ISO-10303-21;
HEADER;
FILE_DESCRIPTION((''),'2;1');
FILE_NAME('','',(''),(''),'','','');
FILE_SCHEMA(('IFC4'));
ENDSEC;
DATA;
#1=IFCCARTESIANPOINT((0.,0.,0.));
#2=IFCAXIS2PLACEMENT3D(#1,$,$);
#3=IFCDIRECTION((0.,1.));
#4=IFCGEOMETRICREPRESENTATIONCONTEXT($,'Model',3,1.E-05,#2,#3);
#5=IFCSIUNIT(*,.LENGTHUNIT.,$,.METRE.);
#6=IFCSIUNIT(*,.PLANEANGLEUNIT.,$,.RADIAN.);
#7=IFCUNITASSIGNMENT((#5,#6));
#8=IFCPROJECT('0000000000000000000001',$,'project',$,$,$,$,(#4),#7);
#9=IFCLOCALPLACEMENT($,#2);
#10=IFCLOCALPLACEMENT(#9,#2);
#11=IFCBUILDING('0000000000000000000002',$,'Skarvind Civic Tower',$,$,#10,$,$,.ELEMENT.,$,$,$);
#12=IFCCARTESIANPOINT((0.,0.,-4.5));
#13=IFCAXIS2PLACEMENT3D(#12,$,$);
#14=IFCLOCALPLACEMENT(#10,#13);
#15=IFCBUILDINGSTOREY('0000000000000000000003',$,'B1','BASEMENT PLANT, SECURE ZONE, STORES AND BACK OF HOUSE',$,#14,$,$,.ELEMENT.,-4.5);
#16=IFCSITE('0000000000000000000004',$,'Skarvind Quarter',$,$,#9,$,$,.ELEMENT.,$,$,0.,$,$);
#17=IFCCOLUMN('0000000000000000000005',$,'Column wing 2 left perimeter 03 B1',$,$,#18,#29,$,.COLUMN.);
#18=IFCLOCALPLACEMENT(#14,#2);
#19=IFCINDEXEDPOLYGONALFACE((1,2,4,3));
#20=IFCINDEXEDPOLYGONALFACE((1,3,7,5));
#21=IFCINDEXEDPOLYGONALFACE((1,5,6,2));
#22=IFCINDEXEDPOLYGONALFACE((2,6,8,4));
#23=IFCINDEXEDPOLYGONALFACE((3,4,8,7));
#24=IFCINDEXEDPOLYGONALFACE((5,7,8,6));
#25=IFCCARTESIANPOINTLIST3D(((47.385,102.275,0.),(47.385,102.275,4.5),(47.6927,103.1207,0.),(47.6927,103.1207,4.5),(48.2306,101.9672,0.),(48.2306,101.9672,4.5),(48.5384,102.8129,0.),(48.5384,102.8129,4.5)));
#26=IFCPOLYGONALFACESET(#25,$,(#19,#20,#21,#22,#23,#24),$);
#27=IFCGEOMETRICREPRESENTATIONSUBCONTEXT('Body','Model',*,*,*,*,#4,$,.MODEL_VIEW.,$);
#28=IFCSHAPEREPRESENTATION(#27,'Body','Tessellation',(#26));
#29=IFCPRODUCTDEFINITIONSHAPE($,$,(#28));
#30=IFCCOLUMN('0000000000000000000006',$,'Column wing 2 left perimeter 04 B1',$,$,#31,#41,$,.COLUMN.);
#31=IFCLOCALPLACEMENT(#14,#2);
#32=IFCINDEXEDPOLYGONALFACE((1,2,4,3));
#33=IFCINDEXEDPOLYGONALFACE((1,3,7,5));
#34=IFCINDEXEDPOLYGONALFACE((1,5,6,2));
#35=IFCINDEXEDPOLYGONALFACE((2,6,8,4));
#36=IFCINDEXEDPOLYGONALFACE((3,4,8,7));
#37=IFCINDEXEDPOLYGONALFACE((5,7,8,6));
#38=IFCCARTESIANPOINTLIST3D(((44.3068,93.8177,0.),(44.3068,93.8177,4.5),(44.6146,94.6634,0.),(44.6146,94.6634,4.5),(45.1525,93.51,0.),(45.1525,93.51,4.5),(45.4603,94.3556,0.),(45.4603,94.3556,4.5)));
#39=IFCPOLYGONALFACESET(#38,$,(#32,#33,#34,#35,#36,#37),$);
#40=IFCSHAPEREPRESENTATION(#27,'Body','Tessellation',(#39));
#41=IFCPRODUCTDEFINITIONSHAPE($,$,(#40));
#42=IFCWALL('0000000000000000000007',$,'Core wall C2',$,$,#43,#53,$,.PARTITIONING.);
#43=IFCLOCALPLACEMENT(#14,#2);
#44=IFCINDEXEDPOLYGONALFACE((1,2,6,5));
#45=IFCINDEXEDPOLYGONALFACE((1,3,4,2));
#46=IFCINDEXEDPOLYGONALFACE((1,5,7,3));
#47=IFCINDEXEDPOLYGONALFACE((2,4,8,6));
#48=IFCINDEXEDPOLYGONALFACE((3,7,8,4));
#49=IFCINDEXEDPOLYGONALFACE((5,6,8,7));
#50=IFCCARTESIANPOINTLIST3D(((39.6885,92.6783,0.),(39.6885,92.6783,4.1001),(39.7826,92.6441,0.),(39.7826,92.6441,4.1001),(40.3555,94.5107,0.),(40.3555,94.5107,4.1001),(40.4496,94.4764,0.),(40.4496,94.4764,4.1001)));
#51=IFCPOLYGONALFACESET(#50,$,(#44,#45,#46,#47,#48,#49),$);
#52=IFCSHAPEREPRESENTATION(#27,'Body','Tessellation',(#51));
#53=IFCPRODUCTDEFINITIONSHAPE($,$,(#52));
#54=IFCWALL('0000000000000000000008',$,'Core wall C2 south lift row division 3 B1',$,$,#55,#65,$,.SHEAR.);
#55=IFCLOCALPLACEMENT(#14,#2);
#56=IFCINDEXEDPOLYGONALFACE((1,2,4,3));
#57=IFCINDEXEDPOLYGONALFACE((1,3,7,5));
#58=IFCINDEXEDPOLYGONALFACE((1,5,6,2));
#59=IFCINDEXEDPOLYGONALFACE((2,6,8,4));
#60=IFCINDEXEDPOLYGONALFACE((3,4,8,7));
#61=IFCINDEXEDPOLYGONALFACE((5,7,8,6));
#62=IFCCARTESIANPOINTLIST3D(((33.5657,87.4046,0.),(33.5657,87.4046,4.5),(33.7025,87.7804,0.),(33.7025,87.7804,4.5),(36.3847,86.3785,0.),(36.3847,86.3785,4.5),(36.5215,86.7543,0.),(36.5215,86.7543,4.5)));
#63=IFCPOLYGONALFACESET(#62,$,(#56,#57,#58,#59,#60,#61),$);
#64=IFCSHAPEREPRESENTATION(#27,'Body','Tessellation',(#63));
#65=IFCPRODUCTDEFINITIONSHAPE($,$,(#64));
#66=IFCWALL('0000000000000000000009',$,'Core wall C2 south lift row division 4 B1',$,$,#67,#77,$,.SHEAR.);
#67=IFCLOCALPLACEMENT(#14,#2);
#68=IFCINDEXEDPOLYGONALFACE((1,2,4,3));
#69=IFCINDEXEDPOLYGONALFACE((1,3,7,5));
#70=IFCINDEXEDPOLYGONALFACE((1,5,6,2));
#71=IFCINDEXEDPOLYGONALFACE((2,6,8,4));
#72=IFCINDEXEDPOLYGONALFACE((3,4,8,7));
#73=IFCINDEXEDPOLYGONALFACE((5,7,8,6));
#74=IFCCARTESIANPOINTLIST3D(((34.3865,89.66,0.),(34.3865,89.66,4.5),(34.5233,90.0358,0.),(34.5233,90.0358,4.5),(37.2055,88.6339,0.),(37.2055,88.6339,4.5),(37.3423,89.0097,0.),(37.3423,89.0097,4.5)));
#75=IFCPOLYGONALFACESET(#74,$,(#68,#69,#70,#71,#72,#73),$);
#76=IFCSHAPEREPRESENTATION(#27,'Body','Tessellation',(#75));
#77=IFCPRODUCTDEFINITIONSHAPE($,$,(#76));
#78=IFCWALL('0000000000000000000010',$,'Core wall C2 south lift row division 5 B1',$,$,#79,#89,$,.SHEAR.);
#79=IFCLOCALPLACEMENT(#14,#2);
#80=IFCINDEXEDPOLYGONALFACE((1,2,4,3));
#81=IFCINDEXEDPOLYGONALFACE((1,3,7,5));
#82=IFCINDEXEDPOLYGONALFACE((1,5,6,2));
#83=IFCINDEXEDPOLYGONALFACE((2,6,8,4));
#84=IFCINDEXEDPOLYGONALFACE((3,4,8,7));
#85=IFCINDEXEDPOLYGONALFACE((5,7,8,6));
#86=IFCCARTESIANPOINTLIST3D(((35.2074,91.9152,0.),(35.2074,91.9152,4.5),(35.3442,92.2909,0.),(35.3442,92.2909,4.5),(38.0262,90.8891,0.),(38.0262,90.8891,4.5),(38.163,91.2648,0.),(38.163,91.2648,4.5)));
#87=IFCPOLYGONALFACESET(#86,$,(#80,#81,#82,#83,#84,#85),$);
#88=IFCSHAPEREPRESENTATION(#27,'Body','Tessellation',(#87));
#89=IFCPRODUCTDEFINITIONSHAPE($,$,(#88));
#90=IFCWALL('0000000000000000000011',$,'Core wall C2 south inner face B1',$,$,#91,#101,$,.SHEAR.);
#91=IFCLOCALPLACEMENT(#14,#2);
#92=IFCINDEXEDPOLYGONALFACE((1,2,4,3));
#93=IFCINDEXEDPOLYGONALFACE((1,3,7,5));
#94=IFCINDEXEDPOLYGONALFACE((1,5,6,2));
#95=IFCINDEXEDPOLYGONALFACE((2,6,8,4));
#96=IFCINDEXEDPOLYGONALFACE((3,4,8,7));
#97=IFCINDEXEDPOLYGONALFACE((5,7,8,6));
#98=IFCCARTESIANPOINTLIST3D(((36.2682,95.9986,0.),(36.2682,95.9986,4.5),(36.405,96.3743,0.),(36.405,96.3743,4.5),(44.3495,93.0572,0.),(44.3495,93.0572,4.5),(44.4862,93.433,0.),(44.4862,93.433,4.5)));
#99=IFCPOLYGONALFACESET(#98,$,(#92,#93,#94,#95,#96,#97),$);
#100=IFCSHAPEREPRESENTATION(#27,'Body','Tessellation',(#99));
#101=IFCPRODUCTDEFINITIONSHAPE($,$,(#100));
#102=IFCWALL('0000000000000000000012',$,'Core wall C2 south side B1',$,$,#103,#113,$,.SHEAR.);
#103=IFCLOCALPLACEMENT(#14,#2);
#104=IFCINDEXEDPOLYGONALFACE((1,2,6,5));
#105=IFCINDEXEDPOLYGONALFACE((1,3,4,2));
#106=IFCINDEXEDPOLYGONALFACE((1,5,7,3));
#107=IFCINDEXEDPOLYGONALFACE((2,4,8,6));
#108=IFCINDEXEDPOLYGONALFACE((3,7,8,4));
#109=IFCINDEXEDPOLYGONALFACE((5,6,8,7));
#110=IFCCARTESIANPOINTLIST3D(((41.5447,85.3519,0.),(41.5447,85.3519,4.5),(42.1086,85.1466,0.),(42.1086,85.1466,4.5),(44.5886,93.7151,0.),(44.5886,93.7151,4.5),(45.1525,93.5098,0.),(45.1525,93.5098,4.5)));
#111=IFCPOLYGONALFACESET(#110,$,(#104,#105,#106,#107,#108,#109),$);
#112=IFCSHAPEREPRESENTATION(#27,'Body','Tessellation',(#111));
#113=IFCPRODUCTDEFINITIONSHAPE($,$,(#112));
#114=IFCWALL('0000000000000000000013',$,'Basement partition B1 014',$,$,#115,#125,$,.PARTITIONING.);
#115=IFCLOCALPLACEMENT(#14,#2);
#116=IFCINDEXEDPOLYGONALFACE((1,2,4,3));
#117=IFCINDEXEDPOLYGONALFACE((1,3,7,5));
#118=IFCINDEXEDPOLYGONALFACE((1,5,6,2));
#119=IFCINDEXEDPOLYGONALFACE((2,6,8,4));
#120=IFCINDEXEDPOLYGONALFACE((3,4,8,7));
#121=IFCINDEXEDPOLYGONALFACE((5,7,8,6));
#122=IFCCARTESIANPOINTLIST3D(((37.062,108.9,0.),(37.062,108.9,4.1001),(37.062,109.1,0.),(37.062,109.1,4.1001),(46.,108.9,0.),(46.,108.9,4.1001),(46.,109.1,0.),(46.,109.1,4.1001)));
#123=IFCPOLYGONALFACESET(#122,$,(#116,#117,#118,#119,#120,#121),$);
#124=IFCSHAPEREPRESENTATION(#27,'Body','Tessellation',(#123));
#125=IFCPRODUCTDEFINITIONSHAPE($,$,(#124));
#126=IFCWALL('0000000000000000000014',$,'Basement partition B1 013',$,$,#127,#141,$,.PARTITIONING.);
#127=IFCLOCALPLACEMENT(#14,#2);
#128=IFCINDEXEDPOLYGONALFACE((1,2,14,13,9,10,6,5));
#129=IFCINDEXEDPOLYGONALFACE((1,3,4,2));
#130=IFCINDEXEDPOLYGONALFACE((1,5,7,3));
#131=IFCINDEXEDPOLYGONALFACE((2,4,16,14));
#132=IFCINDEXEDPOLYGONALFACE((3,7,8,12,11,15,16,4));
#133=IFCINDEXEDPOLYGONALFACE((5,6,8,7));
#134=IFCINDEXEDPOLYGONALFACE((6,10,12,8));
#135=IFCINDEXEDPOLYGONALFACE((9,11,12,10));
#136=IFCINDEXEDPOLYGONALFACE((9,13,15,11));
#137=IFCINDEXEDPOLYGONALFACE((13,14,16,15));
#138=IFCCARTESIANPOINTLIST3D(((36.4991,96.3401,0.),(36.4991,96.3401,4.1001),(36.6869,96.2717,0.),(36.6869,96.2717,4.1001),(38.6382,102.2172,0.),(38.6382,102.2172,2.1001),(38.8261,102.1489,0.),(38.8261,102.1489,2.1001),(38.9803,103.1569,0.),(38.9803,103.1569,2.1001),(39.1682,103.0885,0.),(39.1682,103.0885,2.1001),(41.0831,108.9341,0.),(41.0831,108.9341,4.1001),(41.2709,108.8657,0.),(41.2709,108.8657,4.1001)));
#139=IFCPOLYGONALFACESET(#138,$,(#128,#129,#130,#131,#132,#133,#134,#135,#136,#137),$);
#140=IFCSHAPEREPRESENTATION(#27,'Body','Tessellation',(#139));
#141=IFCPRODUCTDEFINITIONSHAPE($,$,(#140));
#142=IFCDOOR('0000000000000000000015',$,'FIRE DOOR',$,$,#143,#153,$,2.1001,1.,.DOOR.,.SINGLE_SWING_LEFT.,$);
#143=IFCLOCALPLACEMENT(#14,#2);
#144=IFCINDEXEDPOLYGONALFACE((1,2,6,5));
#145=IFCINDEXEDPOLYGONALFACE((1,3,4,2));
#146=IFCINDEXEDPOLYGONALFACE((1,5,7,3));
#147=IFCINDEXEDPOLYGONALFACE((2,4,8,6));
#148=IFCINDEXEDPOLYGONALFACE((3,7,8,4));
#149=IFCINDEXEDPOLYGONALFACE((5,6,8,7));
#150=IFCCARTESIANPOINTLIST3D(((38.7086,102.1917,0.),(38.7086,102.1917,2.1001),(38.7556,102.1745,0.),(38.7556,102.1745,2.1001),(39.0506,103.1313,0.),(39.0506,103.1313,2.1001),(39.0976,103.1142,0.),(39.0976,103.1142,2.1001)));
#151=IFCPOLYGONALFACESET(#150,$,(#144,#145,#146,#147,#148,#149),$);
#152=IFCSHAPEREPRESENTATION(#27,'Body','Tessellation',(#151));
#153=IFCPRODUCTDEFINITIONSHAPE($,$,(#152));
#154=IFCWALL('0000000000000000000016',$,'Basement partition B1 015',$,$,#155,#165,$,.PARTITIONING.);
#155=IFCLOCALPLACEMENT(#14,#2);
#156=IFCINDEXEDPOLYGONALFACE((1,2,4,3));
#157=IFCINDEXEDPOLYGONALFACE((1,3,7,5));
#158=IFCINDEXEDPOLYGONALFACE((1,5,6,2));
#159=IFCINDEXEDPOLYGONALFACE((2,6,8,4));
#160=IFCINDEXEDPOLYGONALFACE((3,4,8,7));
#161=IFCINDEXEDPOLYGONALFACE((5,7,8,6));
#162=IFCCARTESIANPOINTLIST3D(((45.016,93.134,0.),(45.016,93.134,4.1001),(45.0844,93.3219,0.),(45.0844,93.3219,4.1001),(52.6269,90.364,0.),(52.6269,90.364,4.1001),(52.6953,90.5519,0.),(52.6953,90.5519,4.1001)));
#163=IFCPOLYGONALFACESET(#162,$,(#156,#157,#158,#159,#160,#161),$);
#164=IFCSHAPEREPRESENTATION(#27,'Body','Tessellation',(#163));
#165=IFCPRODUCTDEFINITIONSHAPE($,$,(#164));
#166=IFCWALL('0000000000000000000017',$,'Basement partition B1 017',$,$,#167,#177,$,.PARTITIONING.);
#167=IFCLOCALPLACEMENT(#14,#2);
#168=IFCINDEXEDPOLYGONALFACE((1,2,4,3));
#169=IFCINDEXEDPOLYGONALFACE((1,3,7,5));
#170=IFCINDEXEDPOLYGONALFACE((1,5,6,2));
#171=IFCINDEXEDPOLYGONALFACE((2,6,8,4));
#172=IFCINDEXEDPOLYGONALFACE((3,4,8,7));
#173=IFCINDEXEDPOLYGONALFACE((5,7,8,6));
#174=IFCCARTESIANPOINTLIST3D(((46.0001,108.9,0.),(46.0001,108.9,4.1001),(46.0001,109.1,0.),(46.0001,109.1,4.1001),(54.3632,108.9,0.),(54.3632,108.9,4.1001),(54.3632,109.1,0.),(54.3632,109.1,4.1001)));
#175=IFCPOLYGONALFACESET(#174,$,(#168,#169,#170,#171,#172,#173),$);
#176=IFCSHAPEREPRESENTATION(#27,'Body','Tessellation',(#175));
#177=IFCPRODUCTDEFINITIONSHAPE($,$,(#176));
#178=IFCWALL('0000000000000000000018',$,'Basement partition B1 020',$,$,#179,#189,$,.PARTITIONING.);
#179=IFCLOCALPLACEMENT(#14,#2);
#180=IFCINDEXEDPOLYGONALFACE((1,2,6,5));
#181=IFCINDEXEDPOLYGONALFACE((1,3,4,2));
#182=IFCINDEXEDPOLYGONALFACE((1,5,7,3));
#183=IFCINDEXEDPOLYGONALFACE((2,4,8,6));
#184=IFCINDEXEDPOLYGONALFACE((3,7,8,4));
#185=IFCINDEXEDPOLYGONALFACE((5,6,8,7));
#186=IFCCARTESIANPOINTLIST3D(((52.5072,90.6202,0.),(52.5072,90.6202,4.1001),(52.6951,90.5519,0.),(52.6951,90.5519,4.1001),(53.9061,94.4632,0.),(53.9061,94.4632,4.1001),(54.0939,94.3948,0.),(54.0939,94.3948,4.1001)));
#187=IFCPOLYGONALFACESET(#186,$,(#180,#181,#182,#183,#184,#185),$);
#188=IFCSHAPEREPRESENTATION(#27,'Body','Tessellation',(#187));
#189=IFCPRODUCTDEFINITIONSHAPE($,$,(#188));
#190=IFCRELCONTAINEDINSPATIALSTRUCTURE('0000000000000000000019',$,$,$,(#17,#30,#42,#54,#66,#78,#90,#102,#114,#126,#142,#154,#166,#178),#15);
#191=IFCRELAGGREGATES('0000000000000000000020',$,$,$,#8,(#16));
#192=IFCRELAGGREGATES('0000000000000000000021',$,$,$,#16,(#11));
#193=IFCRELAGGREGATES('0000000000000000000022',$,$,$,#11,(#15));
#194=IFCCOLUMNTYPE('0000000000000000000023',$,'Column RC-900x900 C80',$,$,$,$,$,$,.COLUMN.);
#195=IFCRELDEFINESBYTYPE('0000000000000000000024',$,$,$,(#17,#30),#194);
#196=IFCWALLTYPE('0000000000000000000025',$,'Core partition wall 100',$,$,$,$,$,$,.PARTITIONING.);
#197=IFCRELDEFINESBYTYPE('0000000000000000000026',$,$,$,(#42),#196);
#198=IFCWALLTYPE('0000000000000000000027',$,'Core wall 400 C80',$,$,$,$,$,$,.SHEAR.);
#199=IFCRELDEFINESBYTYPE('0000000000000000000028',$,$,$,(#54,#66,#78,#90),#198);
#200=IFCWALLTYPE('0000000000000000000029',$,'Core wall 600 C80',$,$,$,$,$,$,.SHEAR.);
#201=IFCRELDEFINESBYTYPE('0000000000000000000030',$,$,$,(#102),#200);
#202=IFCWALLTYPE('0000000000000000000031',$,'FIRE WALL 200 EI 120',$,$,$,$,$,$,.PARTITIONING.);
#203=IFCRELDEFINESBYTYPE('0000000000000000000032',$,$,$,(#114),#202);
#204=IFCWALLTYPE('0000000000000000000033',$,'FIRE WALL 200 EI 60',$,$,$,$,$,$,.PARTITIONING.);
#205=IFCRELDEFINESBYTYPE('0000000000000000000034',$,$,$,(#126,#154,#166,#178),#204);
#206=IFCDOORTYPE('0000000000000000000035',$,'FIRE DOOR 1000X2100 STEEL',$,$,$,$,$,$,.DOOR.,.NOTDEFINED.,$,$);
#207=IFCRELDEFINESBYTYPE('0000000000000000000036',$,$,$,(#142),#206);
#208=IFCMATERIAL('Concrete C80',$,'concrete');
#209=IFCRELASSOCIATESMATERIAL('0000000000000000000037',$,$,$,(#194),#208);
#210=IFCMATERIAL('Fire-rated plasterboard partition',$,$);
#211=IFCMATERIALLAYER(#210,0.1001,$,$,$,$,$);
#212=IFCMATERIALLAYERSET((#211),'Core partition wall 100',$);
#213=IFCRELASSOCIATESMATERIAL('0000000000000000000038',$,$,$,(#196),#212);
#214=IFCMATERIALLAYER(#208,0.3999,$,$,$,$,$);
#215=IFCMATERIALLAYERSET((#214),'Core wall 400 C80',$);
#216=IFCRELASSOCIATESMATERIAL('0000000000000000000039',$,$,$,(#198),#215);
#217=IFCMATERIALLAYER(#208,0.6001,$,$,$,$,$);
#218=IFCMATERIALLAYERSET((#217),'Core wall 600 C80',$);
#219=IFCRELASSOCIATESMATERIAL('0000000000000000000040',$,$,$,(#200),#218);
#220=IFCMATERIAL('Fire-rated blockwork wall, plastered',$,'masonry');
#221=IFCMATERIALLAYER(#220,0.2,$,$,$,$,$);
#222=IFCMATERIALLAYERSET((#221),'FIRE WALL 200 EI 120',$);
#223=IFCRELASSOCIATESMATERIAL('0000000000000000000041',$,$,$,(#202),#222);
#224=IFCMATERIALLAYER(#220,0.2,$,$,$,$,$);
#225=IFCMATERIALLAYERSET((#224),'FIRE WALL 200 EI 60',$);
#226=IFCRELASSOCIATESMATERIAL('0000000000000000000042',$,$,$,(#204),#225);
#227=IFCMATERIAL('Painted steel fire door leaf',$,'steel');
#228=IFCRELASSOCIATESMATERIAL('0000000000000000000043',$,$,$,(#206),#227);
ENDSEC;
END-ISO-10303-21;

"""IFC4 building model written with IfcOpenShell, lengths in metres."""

from ifc_helpers import new_model, si_unit, direction, frame, frame_2d, origin, origin_2d, place, context, subcontext, project, spatial, rectangle, extrude, material, layer, layer_set, material_profile, profile_set, type_object, element, fill, save


model = new_model("IFC4")

# Units and contexts
model_context = context("Model", 3, precision=1e-05, world=origin(), true_north=direction((0.0, 1.0)))
body_context = subcontext(model_context, "Body", "Model", "MODEL_VIEW")
ifc_project = project(units=[si_unit("LENGTHUNIT", "METRE"), si_unit("PLANEANGLEUNIT", "RADIAN")], contexts=[model_context])

# Site, building, storey
site_placement = place(None, origin())
site = spatial("IfcSite", under=ifc_project, at=site_placement, Name="Skarvind Quarter", CompositionType="ELEMENT", RefElevation=0.0)
building_placement = place(site_placement, origin())
building = spatial("IfcBuilding", under=site, at=building_placement, Name="Skarvind Civic Tower", CompositionType="ELEMENT")
storey_placement = place(building_placement, frame((0.0, 0.0, -4.5)))
storey = spatial("IfcBuildingStorey", under=building, at=storey_placement, Name="B1", Description="BASEMENT PLANT, SECURE ZONE, STORES AND BACK OF HOUSE", CompositionType="ELEMENT", Elevation=-4.5)

# Columns
ifc_material_1 = material(Name="Concrete C80", Category="concrete")
ifc_material_profile_1 = material_profile(ifc_material_1, rectangle(XDim=0.8999, YDim=0.8999, at=origin_2d()), Name="RC-900x900")
ifc_profile_set_1 = profile_set([ifc_material_profile_1], Name="Concrete C80")
column_type_1 = type_object("IfcColumnType", Name="Column RC-900x900 C80", PredefinedType="COLUMN", material=ifc_profile_set_1)
for number, where, z_axis, x_axis, name in (
    (1, (47.9617, 102.5439, 0.0), (0.0, 0.0, 1.0), (-0.34202, -0.939693, 0.0), "Column wing 2 left perimeter 03 B1"),
    (2, (44.8835, 94.0867, 0.0), (0.0, 0.0, 1.0), (-0.34202, -0.939693, 0.0), "Column wing 2 left perimeter 04 B1"),
):
    element("IfcColumn", number, at=place(storey_placement, frame(where, z_axis=z_axis, x_axis=x_axis)), inside=storey, type_object=column_type_1, Name=name, PredefinedType="COLUMN", context=body_context, shape_type="SweptSolid", body=[
        extrude(rectangle(XDim=0.8999, YDim=0.8999, at=origin_2d()), origin(), (0.0, 0.0, 1.0), 4.5),
    ])

# Walls
ifc_material_2 = material(Name="Fire-rated plasterboard partition")
ifc_layer_1 = layer(ifc_material_2, 0.1001)
ifc_layer_set_1 = layer_set([ifc_layer_1], Name="Core partition wall 100")
wall_type_1 = type_object("IfcWallType", Name="Core partition wall 100", PredefinedType="PARTITIONING", material=ifc_layer_set_1)
wall_1_placement = place(storey_placement, frame((40.4026, 94.4937, 0.0), z_axis=(0.0, 0.0, 1.0), x_axis=(-0.342065, -0.939676, 0.0)))
element("IfcWall", 3, at=wall_1_placement, inside=storey, type_object=wall_type_1, Name="Core wall C2", PredefinedType="PARTITIONING", context=body_context, shape_type="SweptSolid", body=[
    extrude(rectangle(XDim=1.95, YDim=0.1001, at=frame_2d((0.9751, 0.0))), origin(), (0.0, 0.0, 1.0), 4.1001),
])
ifc_layer_2 = layer(ifc_material_1, 0.3999)
ifc_layer_set_2 = layer_set([ifc_layer_2], Name="Core wall 400 C80")
wall_type_2 = type_object("IfcWallType", Name="Core wall 400 C80", PredefinedType="SHEAR", material=ifc_layer_set_2)
for number, where, z_axis, x_axis, name in (
    (4, (36.4531, 86.5664, 0.0), (0.0, 0.0, 1.0), (-0.939686, 0.342037, 0.0), "Core wall C2 south lift row division 3 B1"),
    (5, (37.2739, 88.8218, 0.0), (0.0, 0.0, 1.0), (-0.939686, 0.342037, 0.0), "Core wall C2 south lift row division 4 B1"),
):
    element("IfcWall", number, at=place(storey_placement, frame(where, z_axis=z_axis, x_axis=x_axis)), inside=storey, type_object=wall_type_2, Name=name, PredefinedType="SHEAR", context=body_context, shape_type="SweptSolid", body=[
        extrude(rectangle(XDim=3.0, YDim=0.3999, at=frame_2d((1.5, 0.0))), origin(), (0.0, 0.0, 1.0), 4.5),
    ])
wall_2_placement = place(storey_placement, frame((38.0947, 91.0769, 0.0), z_axis=(0.0, 0.0, 1.0), x_axis=(-0.939677, 0.342063, 0.0)))
element("IfcWall", 6, at=wall_2_placement, inside=storey, type_object=wall_type_2, Name="Core wall C2 south lift row division 5 B1", PredefinedType="SHEAR", context=body_context, shape_type="SweptSolid", body=[
    extrude(rectangle(XDim=2.9998, YDim=0.3999, at=frame_2d((1.5, 0.0))), origin(), (0.0, 0.0, 1.0), 4.5),
])
wall_3_placement = place(storey_placement, frame((44.4177, 93.2451, 0.0), z_axis=(0.0, 0.0, 1.0), x_axis=(-0.939691, 0.342026, 0.0)))
element("IfcWall", 7, at=wall_3_placement, inside=storey, type_object=wall_type_2, Name="Core wall C2 south inner face B1", PredefinedType="SHEAR", context=body_context, shape_type="SweptSolid", body=[
    extrude(rectangle(XDim=8.5999, YDim=0.3999, at=frame_2d((4.2998, 0.0))), origin(), (0.0, 0.0, 1.0), 4.5),
])
ifc_layer_3 = layer(ifc_material_1, 0.6001)
ifc_layer_set_3 = layer_set([ifc_layer_3], Name="Core wall 600 C80")
wall_type_3 = type_object("IfcWallType", Name="Core wall 600 C80", PredefinedType="SHEAR", material=ifc_layer_set_3)
wall_4_placement = place(storey_placement, frame((41.8267, 85.2493, 0.0), z_axis=(0.0, 0.0, 1.0), x_axis=(0.342016, 0.939694, 0.0)))
element("IfcWall", 8, at=wall_4_placement, inside=storey, type_object=wall_type_3, Name="Core wall C2 south side B1", PredefinedType="SHEAR", context=body_context, shape_type="SweptSolid", body=[
    extrude(rectangle(XDim=8.8999, YDim=0.6001, at=frame_2d((4.45, 0.0))), origin(), (0.0, 0.0, 1.0), 4.5),
])
ifc_material_3 = material(Name="Fire-rated blockwork wall, plastered", Category="masonry")
ifc_layer_4 = layer(ifc_material_3, 0.2)
ifc_layer_set_4 = layer_set([ifc_layer_4], Name="FIRE WALL 200 EI 120")
wall_type_4 = type_object("IfcWallType", Name="FIRE WALL 200 EI 120", PredefinedType="PARTITIONING", material=ifc_layer_set_4)
wall_5_placement = place(storey_placement, frame((37.062, 109.0, 0.0), z_axis=(0.0, 0.0, 1.0), x_axis=(1.0, 0.0, 0.0)))
element("IfcWall", 9, at=wall_5_placement, inside=storey, type_object=wall_type_4, Name="Basement partition B1 014", PredefinedType="PARTITIONING", context=body_context, shape_type="SweptSolid", body=[
    extrude(rectangle(XDim=8.938, YDim=0.2, at=frame_2d((4.469, 0.0))), origin(), (0.0, 0.0, 1.0), 4.1001),
])

# Wall, opening, door
ifc_layer_5 = layer(ifc_material_3, 0.2)
ifc_layer_set_5 = layer_set([ifc_layer_5], Name="FIRE WALL 200 EI 60")
wall_type_5 = type_object("IfcWallType", Name="FIRE WALL 200 EI 60", PredefinedType="PARTITIONING", material=ifc_layer_set_5)
wall_6_placement = place(storey_placement, frame((41.177, 108.8999, 0.0), z_axis=(0.0, 0.0, 1.0), x_axis=(-0.34203, -0.939689, 0.0)))
wall_6 = element("IfcWall", 10, at=wall_6_placement, inside=storey, type_object=wall_type_5, Name="Basement partition B1 013", PredefinedType="PARTITIONING", context=body_context, shape_type="SweptSolid", body=[
    extrude(rectangle(XDim=13.4023, YDim=0.2, at=frame_2d((6.7012, 0.0))), origin(), (0.0, 0.0, 1.0), 4.1001),
])
opening_1_placement = place(wall_6_placement, frame((6.1479, 0.0, 0.0)))
opening_1 = element("IfcOpeningElement", 11, at=opening_1_placement, cuts=wall_6, PredefinedType="OPENING", context=body_context, shape_type="SweptSolid", body=[
    extrude(rectangle(XDim=1.0, YDim=2.1001, at=frame_2d((0.5, 1.05))), frame((0.0, 0.1099, 0.0), z_axis=(0.0, -1.0, 0.0), x_axis=(1.0, 0.0, 0.0)), (0.0, 0.0, 1.0), 0.22),
])
ifc_material_4 = material(Name="Painted steel fire door leaf", Category="steel")
door_type_1 = type_object("IfcDoorType", Name="FIRE DOOR 1000X2100 STEEL", OperationType="NOTDEFINED", PredefinedType="DOOR", material=ifc_material_4)
door_1_placement = place(opening_1_placement, origin())
door_1 = element("IfcDoor", 12, at=door_1_placement, inside=storey, type_object=door_type_1, Name="FIRE DOOR", OperationType="SINGLE_SWING_LEFT", OverallHeight=2.1001, OverallWidth=1.0, PredefinedType="DOOR", context=body_context, shape_type="SweptSolid", body=[
    extrude(rectangle(XDim=1.0, YDim=2.1001, at=frame_2d((0.5, 1.05))), frame((0.0, 0.0249, 0.0), z_axis=(0.0, -1.0, 0.0), x_axis=(1.0, 0.0, 0.0)), (0.0, 0.0, 1.0), 0.05),
])
fill(opening_1, door_1)

# Walls
wall_7_placement = place(storey_placement, frame((45.05, 93.228, 0.0), z_axis=(0.0, 0.0, 1.0), x_axis=(0.939697, -0.342009, 0.0)))
element("IfcWall", 13, at=wall_7_placement, inside=storey, type_object=wall_type_5, Name="Basement partition B1 015", PredefinedType="PARTITIONING", context=body_context, shape_type="SweptSolid", body=[
    extrude(rectangle(XDim=8.0994, YDim=0.2, at=frame_2d((4.0498, 0.0))), origin(), (0.0, 0.0, 1.0), 4.1001),
])
wall_8_placement = place(storey_placement, frame((46.0, 109.0, 0.0), z_axis=(0.0, 0.0, 1.0), x_axis=(1.0, 0.0, 0.0)))
element("IfcWall", 14, at=wall_8_placement, inside=storey, type_object=wall_type_5, Name="Basement partition B1 017", PredefinedType="PARTITIONING", context=body_context, shape_type="SweptSolid", body=[
    extrude(rectangle(XDim=8.363, YDim=0.2, at=frame_2d((4.1816, 0.0))), origin(), (0.0, 0.0, 1.0), 4.1001),
])
wall_9_placement = place(storey_placement, frame((52.6011, 90.5859, 0.0), z_axis=(0.0, 0.0, 1.0), x_axis=(0.342059, 0.939678, 0.0)))
element("IfcWall", 15, at=wall_9_placement, inside=storey, type_object=wall_type_5, Name="Basement partition B1 020", PredefinedType="PARTITIONING", context=body_context, shape_type="SweptSolid", body=[
    extrude(rectangle(XDim=4.0896, YDim=0.2, at=frame_2d((2.0449, 0.0))), origin(), (0.0, 0.0, 1.0), 4.1001),
])

save(model, "model.ifc")
